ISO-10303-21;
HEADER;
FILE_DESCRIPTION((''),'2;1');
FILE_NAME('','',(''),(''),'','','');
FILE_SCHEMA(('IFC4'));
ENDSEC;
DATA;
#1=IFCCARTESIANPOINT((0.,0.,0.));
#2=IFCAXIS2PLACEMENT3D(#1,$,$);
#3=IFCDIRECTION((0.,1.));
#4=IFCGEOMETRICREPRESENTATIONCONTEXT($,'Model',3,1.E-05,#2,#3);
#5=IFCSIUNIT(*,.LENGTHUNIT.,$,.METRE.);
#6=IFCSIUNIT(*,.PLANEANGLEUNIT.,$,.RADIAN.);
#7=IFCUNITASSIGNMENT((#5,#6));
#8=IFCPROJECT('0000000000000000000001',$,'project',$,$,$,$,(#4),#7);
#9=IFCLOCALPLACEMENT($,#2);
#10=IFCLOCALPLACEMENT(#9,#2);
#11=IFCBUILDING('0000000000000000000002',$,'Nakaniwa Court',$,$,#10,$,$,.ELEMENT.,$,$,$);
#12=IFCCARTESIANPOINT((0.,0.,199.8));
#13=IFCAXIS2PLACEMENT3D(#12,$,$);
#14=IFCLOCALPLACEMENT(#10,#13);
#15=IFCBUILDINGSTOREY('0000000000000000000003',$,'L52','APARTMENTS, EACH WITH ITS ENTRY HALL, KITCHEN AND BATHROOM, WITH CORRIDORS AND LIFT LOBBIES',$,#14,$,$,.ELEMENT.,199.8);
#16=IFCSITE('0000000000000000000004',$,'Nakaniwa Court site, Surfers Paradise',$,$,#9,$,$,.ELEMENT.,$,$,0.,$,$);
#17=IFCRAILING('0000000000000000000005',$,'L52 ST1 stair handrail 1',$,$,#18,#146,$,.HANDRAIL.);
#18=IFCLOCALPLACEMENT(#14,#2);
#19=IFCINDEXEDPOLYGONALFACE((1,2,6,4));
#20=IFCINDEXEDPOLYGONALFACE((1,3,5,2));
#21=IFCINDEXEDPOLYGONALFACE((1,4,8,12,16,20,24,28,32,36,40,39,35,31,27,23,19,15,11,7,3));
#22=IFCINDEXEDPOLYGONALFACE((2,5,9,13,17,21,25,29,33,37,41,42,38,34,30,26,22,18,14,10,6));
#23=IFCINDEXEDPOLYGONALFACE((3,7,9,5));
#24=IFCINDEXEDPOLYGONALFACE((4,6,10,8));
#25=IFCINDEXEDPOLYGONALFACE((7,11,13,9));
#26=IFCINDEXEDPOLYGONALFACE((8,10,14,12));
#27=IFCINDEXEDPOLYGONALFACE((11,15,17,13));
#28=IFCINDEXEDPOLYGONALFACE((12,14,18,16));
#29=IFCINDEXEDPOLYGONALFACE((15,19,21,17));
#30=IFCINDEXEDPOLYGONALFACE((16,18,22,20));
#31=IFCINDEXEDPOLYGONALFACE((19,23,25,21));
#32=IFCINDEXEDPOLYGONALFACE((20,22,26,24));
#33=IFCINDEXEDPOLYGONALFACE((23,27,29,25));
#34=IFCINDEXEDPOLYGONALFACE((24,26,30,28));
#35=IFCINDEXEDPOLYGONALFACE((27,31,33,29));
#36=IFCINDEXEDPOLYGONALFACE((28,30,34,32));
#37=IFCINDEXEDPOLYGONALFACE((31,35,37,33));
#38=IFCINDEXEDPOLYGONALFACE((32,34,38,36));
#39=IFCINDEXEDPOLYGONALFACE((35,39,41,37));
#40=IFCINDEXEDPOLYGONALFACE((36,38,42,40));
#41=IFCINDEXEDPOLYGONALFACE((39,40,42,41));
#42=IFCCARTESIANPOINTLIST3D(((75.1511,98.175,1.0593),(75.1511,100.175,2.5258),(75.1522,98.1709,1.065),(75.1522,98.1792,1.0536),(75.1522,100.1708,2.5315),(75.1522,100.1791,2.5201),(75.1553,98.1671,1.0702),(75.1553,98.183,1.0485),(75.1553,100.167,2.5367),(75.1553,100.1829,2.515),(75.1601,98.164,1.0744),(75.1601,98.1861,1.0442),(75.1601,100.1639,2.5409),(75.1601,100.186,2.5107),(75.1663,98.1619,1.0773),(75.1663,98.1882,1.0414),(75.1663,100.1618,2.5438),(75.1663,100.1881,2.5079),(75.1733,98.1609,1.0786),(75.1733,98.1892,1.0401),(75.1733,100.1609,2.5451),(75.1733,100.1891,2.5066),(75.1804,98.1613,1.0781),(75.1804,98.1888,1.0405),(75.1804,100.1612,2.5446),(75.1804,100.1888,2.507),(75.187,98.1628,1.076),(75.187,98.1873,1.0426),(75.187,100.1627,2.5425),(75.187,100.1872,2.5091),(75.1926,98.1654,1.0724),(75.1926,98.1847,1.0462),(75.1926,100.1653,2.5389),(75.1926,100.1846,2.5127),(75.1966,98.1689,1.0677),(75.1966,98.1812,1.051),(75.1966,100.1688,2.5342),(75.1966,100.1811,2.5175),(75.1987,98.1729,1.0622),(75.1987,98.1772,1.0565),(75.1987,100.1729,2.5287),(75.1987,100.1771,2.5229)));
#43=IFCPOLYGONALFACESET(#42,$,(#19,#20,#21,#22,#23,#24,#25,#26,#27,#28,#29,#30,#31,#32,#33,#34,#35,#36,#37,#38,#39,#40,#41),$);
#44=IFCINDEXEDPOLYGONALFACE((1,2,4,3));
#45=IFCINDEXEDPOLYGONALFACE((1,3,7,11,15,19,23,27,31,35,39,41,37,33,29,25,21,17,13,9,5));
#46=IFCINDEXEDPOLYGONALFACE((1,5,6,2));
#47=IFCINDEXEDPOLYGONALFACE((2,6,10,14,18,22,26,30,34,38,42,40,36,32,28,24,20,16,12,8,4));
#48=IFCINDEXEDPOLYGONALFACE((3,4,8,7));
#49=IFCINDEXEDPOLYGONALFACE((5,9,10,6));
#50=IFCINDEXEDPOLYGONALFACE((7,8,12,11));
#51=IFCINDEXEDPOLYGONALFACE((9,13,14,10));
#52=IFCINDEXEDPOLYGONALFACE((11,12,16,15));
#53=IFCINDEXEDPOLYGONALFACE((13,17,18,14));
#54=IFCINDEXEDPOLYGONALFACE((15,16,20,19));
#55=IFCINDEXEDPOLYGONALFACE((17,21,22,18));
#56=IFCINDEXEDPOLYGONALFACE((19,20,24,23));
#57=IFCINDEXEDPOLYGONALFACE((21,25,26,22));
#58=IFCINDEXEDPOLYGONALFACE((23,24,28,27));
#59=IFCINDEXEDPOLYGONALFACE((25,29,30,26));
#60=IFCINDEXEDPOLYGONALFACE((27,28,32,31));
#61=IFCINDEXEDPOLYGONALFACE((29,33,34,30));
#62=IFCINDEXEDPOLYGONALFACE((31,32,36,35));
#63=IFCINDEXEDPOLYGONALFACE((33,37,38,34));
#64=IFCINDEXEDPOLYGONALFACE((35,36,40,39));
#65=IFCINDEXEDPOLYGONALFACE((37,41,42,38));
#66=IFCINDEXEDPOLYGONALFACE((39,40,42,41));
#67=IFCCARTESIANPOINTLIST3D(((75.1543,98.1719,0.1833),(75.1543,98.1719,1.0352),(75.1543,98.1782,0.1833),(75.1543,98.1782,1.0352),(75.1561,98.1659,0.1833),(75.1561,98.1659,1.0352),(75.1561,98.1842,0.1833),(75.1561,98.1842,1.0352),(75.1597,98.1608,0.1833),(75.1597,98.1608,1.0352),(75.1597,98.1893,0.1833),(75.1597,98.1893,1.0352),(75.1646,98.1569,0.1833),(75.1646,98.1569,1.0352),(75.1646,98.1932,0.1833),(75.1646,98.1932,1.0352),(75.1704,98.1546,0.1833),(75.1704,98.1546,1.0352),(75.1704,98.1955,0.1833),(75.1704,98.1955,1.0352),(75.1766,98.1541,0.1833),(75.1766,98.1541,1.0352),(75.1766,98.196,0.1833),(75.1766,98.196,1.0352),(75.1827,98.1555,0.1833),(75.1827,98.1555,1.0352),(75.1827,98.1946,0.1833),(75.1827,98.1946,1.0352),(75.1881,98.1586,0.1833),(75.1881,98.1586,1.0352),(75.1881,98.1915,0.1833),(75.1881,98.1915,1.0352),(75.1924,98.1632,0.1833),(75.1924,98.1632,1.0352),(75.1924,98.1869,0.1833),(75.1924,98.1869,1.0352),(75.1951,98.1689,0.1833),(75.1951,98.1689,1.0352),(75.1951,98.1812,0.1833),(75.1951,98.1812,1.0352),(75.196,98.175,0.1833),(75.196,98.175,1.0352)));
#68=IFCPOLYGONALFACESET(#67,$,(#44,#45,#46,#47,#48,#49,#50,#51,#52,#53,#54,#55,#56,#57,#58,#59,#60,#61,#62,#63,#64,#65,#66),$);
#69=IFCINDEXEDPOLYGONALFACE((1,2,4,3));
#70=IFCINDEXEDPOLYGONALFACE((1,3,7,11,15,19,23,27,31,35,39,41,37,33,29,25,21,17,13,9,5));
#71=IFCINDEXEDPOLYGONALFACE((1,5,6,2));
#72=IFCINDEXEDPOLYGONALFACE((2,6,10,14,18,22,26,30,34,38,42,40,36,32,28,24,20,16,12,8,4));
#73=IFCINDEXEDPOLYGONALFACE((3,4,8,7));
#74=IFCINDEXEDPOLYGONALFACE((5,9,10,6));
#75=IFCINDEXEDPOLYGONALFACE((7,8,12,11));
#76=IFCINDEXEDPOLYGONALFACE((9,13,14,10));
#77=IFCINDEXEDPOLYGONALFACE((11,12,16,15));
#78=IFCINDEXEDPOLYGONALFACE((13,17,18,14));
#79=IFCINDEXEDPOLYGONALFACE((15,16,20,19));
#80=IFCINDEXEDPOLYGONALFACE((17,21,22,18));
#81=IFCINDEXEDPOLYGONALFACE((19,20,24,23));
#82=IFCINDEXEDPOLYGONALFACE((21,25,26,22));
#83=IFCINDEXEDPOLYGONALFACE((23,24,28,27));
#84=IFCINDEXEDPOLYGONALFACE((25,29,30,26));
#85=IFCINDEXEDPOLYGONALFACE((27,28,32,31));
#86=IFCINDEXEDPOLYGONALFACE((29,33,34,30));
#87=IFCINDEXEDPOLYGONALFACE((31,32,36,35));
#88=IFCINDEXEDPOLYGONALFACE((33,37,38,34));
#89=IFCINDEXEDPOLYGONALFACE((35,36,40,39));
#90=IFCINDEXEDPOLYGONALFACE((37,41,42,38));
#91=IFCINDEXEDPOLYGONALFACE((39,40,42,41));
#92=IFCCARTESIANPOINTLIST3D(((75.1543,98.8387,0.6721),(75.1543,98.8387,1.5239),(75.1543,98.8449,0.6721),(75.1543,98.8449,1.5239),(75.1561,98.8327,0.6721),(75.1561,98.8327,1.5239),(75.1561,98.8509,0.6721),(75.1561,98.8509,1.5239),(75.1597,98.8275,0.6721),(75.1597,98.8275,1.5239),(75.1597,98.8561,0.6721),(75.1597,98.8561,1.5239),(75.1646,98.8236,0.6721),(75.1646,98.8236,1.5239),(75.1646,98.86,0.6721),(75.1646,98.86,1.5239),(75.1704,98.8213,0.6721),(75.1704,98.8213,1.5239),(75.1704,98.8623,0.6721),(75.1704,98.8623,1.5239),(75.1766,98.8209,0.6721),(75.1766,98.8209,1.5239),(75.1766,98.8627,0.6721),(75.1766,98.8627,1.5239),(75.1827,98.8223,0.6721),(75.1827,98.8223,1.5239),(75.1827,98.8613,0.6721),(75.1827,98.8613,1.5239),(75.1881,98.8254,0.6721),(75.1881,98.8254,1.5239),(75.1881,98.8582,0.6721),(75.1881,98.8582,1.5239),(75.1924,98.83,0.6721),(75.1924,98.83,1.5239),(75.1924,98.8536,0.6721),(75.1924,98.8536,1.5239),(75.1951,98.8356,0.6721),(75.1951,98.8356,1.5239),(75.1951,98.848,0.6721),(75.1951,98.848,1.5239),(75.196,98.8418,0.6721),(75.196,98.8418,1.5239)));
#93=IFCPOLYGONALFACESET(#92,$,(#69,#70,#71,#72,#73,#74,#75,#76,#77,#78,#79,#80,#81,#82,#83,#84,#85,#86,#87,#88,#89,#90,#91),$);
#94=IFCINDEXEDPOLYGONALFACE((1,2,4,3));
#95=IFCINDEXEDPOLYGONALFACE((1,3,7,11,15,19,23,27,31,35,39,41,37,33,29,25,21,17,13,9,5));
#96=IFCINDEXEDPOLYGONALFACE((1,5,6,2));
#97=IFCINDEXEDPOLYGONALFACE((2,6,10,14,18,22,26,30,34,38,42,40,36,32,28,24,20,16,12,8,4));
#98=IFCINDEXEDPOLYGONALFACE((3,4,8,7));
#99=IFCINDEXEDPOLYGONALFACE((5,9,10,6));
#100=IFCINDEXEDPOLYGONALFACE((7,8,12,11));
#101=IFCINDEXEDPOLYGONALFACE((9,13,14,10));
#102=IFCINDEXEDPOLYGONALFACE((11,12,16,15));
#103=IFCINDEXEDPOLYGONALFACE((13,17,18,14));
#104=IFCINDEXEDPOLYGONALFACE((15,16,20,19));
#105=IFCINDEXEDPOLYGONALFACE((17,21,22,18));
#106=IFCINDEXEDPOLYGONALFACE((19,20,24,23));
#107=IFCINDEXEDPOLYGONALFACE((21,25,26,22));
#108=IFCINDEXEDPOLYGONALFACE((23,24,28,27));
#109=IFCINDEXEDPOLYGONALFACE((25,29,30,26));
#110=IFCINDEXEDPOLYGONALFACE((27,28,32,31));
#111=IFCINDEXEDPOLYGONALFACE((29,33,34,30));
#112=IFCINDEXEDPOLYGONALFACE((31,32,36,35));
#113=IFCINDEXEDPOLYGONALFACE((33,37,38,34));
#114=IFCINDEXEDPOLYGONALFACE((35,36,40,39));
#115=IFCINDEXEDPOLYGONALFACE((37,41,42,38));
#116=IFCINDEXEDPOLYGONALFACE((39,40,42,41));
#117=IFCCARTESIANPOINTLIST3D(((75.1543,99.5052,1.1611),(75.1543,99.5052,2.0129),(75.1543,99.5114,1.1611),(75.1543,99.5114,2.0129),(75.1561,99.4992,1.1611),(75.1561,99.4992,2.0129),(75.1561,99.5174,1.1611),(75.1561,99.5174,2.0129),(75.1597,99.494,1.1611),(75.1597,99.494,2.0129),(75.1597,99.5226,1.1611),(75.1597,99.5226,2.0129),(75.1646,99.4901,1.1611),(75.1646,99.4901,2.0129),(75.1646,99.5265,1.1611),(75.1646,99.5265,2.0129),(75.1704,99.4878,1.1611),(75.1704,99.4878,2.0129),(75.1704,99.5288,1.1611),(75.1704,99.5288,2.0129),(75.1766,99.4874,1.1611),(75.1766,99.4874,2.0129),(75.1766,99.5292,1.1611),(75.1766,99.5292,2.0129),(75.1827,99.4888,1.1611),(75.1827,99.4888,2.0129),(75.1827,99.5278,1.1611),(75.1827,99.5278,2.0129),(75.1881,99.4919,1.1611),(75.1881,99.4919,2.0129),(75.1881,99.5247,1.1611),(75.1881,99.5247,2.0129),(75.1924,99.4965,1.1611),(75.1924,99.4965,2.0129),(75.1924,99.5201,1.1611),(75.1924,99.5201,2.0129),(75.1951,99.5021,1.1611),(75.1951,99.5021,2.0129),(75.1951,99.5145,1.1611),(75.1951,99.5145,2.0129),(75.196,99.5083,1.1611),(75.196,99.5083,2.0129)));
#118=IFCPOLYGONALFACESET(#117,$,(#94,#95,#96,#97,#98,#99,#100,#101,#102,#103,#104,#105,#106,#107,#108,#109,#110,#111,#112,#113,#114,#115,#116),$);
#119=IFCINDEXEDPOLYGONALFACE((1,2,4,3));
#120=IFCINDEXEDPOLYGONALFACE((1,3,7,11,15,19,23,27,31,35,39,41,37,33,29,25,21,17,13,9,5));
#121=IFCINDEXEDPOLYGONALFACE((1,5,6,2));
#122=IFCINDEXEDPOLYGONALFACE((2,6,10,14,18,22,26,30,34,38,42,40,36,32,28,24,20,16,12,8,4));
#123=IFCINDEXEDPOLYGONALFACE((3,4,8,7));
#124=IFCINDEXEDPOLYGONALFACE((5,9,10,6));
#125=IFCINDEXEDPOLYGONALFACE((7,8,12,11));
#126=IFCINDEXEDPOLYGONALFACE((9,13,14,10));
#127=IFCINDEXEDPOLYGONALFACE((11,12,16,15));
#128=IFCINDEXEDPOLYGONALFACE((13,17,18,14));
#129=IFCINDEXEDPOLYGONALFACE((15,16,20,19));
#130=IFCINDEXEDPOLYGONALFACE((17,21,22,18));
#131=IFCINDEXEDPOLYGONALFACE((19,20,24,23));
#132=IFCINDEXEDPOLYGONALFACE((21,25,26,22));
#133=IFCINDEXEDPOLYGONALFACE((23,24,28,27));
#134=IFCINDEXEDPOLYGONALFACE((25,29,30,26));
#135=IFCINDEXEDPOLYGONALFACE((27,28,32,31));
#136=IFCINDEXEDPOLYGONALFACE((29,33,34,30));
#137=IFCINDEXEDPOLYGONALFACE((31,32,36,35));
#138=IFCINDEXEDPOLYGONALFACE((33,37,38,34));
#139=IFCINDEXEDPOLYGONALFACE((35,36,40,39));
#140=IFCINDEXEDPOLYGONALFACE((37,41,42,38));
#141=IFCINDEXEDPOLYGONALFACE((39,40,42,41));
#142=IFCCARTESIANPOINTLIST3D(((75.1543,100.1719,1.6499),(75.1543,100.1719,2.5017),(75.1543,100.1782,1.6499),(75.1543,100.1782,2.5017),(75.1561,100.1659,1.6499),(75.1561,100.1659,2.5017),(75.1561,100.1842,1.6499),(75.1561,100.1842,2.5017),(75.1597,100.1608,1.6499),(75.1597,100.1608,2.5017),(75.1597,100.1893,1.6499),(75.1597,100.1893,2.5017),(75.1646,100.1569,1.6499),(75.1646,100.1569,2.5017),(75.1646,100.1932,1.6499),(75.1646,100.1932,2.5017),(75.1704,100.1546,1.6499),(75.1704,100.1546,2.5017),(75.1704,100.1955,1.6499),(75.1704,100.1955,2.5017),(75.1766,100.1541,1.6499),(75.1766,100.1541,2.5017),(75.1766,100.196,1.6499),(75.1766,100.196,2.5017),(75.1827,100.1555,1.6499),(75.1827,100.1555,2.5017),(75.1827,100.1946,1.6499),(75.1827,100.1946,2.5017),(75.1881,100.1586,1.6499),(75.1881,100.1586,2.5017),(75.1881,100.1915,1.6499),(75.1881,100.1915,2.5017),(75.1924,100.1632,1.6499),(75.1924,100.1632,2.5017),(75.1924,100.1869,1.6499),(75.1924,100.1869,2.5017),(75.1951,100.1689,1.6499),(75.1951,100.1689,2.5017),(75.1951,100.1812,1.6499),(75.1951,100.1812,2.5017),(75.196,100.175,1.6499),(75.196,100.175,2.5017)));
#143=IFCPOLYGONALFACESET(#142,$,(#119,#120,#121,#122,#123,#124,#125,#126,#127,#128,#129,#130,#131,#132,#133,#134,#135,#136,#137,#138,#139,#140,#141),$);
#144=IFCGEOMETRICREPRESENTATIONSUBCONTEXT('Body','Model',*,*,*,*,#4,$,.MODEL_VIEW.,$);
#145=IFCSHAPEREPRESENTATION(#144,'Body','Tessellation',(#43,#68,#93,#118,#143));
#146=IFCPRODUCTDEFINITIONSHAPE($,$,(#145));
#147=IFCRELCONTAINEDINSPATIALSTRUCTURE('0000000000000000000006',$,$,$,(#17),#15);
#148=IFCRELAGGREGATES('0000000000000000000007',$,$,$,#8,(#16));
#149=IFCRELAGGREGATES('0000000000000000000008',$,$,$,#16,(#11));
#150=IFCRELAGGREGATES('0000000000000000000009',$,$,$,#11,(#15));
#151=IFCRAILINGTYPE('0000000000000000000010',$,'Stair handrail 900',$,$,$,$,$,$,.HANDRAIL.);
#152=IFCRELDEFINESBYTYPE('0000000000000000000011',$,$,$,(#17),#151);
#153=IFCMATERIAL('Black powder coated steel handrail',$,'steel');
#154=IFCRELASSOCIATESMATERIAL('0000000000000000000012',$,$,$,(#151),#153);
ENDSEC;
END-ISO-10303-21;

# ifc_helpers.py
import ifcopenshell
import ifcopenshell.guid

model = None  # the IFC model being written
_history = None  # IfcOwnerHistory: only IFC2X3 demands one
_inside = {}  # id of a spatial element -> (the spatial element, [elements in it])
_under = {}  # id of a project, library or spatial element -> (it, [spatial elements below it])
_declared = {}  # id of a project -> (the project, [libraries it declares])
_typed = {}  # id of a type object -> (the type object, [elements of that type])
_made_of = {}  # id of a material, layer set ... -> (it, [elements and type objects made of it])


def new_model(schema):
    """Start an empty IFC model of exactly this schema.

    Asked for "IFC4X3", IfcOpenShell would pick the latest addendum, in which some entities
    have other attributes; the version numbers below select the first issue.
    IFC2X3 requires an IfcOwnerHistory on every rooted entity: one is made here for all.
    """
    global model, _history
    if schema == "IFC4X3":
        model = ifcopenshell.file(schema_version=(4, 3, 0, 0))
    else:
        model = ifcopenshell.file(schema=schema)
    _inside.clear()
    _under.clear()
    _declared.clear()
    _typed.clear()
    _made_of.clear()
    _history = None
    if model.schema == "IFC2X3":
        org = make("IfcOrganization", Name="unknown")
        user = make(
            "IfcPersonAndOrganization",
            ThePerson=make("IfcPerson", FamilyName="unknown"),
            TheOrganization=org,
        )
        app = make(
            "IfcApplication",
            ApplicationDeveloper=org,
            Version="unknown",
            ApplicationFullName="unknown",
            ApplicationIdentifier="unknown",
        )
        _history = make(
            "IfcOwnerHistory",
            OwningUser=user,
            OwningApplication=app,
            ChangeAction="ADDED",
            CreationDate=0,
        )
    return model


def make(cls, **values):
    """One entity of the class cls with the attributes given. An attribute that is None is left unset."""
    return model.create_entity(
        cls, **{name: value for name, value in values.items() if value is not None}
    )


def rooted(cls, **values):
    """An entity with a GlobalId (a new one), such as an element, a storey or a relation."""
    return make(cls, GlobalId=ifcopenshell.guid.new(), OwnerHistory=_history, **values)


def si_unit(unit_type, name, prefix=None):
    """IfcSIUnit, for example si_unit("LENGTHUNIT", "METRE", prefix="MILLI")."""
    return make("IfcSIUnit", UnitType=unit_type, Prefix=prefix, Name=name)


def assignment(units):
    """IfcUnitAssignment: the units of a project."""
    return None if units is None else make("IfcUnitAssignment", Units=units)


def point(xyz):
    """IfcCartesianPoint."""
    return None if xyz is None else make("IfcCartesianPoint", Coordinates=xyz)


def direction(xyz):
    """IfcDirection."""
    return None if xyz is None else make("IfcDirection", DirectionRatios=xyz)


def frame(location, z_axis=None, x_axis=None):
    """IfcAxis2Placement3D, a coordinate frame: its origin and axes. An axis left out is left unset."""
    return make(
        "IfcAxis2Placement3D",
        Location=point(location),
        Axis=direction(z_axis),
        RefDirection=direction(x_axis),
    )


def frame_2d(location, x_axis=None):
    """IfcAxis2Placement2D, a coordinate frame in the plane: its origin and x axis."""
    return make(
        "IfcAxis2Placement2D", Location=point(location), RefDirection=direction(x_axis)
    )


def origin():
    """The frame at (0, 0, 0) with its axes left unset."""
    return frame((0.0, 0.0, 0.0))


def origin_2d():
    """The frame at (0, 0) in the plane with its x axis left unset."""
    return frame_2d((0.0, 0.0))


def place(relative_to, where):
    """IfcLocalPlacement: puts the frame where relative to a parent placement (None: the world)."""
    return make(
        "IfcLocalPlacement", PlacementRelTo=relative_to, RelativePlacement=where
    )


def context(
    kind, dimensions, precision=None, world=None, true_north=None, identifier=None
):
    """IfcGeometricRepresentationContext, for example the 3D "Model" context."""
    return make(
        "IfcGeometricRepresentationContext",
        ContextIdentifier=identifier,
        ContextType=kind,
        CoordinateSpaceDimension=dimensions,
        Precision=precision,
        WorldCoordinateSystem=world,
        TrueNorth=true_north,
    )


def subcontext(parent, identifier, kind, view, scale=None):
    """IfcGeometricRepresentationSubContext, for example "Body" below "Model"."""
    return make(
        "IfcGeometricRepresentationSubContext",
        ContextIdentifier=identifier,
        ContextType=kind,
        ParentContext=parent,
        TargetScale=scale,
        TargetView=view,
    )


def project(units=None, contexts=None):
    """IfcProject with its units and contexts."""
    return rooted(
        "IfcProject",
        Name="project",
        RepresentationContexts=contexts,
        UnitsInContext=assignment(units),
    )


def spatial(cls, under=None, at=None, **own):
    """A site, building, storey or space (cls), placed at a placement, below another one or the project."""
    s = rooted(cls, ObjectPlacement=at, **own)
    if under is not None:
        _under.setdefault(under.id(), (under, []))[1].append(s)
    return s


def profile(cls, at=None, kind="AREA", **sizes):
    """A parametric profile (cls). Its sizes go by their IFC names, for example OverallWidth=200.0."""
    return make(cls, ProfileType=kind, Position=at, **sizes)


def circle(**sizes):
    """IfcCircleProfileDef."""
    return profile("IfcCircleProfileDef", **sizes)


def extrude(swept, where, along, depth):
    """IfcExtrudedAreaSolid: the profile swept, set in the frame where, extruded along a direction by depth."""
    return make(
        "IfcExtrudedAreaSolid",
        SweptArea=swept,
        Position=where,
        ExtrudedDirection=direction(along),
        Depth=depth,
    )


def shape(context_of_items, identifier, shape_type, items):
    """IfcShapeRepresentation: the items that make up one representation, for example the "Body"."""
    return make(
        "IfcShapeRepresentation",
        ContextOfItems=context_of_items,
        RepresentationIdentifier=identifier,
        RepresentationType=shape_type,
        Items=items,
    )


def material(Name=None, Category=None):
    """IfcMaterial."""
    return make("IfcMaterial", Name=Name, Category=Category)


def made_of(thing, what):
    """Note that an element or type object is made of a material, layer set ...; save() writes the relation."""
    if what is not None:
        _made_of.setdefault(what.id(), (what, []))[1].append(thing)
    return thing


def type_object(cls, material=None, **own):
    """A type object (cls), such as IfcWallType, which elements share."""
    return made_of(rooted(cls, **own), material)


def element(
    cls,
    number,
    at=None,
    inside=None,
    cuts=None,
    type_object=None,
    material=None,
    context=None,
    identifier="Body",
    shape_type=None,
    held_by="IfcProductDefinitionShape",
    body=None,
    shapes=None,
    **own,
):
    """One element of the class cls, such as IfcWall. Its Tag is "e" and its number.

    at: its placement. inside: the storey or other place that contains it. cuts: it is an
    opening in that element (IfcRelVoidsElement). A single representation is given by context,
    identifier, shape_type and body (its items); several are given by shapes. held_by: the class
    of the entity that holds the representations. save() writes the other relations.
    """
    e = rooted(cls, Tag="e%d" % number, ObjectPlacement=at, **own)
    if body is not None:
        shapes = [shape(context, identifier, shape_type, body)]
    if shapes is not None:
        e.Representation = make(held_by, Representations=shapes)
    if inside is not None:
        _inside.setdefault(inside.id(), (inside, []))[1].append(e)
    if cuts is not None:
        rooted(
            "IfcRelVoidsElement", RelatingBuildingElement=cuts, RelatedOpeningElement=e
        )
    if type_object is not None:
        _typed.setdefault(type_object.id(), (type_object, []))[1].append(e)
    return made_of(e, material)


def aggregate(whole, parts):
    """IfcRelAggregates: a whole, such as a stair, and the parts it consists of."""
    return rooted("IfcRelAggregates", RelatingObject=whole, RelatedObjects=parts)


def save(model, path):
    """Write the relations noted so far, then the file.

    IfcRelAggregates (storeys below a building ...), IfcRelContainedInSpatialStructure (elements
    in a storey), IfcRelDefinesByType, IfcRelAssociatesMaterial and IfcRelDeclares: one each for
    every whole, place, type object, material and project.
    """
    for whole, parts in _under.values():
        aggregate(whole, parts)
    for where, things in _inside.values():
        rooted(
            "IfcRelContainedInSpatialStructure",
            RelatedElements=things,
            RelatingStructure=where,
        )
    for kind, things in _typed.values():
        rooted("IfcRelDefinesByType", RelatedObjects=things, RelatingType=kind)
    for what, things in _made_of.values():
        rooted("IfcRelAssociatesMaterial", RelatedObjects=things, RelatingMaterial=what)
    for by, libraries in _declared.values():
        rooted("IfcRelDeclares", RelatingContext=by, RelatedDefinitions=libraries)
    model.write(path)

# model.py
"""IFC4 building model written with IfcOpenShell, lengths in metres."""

from ifc_helpers import new_model, si_unit, direction, frame, origin, origin_2d, place, context, subcontext, project, spatial, circle, extrude, material, type_object, element, save


model = new_model("IFC4")

# Units and contexts
model_context = context("Model", 3, precision=1e-05, world=origin(), true_north=direction((0.0, 1.0)))
body_context = subcontext(model_context, "Body", "Model", "MODEL_VIEW")
ifc_project = project(units=[si_unit("LENGTHUNIT", "METRE"), si_unit("PLANEANGLEUNIT", "RADIAN")], contexts=[model_context])

# Site, building, storey
site_placement = place(None, origin())
site = spatial("IfcSite", under=ifc_project, at=site_placement, Name="Nakaniwa Court site, Surfers Paradise", CompositionType="ELEMENT", RefElevation=0.0)
building_placement = place(site_placement, origin())
building = spatial("IfcBuilding", under=site, at=building_placement, Name="Nakaniwa Court", CompositionType="ELEMENT")
storey_placement = place(building_placement, frame((0.0, 0.0, 199.8)))
storey = spatial("IfcBuildingStorey", under=building, at=storey_placement, Name="L52", Description="APARTMENTS, EACH WITH ITS ENTRY HALL, KITCHEN AND BATHROOM, WITH CORRIDORS AND LIFT LOBBIES", CompositionType="ELEMENT", Elevation=199.8)

# Railing
ifc_material_1 = material(Name="Black powder coated steel handrail", Category="steel")
railing_type_1 = type_object("IfcRailingType", Name="Stair handrail 900", PredefinedType="HANDRAIL", material=ifc_material_1)
railing_1_placement = place(storey_placement, frame((75.175, 98.175, 0.1833)))
element("IfcRailing", 1, at=railing_1_placement, inside=storey, type_object=railing_type_1, Name="L52 ST1 stair handrail 1", PredefinedType="HANDRAIL", context=body_context, shape_type="SweptSolid", body=[
    extrude(circle(Radius=0.0239, at=origin_2d()), frame((0.0, 0.0, 0.876), z_axis=(0.0, 0.806427, 0.591334), x_axis=(-1.0, 0.0, 0.0)), (0.0, 0.0, 1.0), 2.48),
    extrude(circle(Radius=0.021, at=origin_2d()), origin(), (0.0, 0.0, 1.0), 0.8518),
    extrude(circle(Radius=0.021, at=origin_2d()), frame((0.0, 0.6667, 0.4888)), (0.0, 0.0, 1.0), 0.8518),
    extrude(circle(Radius=0.021, at=origin_2d()), frame((0.0, 1.3333, 0.9778)), (0.0, 0.0, 1.0), 0.8518),
    extrude(circle(Radius=0.021, at=origin_2d()), frame((0.0, 2.0, 1.4666)), (0.0, 0.0, 1.0), 0.8518),
])

save(model, "model.ifc")
